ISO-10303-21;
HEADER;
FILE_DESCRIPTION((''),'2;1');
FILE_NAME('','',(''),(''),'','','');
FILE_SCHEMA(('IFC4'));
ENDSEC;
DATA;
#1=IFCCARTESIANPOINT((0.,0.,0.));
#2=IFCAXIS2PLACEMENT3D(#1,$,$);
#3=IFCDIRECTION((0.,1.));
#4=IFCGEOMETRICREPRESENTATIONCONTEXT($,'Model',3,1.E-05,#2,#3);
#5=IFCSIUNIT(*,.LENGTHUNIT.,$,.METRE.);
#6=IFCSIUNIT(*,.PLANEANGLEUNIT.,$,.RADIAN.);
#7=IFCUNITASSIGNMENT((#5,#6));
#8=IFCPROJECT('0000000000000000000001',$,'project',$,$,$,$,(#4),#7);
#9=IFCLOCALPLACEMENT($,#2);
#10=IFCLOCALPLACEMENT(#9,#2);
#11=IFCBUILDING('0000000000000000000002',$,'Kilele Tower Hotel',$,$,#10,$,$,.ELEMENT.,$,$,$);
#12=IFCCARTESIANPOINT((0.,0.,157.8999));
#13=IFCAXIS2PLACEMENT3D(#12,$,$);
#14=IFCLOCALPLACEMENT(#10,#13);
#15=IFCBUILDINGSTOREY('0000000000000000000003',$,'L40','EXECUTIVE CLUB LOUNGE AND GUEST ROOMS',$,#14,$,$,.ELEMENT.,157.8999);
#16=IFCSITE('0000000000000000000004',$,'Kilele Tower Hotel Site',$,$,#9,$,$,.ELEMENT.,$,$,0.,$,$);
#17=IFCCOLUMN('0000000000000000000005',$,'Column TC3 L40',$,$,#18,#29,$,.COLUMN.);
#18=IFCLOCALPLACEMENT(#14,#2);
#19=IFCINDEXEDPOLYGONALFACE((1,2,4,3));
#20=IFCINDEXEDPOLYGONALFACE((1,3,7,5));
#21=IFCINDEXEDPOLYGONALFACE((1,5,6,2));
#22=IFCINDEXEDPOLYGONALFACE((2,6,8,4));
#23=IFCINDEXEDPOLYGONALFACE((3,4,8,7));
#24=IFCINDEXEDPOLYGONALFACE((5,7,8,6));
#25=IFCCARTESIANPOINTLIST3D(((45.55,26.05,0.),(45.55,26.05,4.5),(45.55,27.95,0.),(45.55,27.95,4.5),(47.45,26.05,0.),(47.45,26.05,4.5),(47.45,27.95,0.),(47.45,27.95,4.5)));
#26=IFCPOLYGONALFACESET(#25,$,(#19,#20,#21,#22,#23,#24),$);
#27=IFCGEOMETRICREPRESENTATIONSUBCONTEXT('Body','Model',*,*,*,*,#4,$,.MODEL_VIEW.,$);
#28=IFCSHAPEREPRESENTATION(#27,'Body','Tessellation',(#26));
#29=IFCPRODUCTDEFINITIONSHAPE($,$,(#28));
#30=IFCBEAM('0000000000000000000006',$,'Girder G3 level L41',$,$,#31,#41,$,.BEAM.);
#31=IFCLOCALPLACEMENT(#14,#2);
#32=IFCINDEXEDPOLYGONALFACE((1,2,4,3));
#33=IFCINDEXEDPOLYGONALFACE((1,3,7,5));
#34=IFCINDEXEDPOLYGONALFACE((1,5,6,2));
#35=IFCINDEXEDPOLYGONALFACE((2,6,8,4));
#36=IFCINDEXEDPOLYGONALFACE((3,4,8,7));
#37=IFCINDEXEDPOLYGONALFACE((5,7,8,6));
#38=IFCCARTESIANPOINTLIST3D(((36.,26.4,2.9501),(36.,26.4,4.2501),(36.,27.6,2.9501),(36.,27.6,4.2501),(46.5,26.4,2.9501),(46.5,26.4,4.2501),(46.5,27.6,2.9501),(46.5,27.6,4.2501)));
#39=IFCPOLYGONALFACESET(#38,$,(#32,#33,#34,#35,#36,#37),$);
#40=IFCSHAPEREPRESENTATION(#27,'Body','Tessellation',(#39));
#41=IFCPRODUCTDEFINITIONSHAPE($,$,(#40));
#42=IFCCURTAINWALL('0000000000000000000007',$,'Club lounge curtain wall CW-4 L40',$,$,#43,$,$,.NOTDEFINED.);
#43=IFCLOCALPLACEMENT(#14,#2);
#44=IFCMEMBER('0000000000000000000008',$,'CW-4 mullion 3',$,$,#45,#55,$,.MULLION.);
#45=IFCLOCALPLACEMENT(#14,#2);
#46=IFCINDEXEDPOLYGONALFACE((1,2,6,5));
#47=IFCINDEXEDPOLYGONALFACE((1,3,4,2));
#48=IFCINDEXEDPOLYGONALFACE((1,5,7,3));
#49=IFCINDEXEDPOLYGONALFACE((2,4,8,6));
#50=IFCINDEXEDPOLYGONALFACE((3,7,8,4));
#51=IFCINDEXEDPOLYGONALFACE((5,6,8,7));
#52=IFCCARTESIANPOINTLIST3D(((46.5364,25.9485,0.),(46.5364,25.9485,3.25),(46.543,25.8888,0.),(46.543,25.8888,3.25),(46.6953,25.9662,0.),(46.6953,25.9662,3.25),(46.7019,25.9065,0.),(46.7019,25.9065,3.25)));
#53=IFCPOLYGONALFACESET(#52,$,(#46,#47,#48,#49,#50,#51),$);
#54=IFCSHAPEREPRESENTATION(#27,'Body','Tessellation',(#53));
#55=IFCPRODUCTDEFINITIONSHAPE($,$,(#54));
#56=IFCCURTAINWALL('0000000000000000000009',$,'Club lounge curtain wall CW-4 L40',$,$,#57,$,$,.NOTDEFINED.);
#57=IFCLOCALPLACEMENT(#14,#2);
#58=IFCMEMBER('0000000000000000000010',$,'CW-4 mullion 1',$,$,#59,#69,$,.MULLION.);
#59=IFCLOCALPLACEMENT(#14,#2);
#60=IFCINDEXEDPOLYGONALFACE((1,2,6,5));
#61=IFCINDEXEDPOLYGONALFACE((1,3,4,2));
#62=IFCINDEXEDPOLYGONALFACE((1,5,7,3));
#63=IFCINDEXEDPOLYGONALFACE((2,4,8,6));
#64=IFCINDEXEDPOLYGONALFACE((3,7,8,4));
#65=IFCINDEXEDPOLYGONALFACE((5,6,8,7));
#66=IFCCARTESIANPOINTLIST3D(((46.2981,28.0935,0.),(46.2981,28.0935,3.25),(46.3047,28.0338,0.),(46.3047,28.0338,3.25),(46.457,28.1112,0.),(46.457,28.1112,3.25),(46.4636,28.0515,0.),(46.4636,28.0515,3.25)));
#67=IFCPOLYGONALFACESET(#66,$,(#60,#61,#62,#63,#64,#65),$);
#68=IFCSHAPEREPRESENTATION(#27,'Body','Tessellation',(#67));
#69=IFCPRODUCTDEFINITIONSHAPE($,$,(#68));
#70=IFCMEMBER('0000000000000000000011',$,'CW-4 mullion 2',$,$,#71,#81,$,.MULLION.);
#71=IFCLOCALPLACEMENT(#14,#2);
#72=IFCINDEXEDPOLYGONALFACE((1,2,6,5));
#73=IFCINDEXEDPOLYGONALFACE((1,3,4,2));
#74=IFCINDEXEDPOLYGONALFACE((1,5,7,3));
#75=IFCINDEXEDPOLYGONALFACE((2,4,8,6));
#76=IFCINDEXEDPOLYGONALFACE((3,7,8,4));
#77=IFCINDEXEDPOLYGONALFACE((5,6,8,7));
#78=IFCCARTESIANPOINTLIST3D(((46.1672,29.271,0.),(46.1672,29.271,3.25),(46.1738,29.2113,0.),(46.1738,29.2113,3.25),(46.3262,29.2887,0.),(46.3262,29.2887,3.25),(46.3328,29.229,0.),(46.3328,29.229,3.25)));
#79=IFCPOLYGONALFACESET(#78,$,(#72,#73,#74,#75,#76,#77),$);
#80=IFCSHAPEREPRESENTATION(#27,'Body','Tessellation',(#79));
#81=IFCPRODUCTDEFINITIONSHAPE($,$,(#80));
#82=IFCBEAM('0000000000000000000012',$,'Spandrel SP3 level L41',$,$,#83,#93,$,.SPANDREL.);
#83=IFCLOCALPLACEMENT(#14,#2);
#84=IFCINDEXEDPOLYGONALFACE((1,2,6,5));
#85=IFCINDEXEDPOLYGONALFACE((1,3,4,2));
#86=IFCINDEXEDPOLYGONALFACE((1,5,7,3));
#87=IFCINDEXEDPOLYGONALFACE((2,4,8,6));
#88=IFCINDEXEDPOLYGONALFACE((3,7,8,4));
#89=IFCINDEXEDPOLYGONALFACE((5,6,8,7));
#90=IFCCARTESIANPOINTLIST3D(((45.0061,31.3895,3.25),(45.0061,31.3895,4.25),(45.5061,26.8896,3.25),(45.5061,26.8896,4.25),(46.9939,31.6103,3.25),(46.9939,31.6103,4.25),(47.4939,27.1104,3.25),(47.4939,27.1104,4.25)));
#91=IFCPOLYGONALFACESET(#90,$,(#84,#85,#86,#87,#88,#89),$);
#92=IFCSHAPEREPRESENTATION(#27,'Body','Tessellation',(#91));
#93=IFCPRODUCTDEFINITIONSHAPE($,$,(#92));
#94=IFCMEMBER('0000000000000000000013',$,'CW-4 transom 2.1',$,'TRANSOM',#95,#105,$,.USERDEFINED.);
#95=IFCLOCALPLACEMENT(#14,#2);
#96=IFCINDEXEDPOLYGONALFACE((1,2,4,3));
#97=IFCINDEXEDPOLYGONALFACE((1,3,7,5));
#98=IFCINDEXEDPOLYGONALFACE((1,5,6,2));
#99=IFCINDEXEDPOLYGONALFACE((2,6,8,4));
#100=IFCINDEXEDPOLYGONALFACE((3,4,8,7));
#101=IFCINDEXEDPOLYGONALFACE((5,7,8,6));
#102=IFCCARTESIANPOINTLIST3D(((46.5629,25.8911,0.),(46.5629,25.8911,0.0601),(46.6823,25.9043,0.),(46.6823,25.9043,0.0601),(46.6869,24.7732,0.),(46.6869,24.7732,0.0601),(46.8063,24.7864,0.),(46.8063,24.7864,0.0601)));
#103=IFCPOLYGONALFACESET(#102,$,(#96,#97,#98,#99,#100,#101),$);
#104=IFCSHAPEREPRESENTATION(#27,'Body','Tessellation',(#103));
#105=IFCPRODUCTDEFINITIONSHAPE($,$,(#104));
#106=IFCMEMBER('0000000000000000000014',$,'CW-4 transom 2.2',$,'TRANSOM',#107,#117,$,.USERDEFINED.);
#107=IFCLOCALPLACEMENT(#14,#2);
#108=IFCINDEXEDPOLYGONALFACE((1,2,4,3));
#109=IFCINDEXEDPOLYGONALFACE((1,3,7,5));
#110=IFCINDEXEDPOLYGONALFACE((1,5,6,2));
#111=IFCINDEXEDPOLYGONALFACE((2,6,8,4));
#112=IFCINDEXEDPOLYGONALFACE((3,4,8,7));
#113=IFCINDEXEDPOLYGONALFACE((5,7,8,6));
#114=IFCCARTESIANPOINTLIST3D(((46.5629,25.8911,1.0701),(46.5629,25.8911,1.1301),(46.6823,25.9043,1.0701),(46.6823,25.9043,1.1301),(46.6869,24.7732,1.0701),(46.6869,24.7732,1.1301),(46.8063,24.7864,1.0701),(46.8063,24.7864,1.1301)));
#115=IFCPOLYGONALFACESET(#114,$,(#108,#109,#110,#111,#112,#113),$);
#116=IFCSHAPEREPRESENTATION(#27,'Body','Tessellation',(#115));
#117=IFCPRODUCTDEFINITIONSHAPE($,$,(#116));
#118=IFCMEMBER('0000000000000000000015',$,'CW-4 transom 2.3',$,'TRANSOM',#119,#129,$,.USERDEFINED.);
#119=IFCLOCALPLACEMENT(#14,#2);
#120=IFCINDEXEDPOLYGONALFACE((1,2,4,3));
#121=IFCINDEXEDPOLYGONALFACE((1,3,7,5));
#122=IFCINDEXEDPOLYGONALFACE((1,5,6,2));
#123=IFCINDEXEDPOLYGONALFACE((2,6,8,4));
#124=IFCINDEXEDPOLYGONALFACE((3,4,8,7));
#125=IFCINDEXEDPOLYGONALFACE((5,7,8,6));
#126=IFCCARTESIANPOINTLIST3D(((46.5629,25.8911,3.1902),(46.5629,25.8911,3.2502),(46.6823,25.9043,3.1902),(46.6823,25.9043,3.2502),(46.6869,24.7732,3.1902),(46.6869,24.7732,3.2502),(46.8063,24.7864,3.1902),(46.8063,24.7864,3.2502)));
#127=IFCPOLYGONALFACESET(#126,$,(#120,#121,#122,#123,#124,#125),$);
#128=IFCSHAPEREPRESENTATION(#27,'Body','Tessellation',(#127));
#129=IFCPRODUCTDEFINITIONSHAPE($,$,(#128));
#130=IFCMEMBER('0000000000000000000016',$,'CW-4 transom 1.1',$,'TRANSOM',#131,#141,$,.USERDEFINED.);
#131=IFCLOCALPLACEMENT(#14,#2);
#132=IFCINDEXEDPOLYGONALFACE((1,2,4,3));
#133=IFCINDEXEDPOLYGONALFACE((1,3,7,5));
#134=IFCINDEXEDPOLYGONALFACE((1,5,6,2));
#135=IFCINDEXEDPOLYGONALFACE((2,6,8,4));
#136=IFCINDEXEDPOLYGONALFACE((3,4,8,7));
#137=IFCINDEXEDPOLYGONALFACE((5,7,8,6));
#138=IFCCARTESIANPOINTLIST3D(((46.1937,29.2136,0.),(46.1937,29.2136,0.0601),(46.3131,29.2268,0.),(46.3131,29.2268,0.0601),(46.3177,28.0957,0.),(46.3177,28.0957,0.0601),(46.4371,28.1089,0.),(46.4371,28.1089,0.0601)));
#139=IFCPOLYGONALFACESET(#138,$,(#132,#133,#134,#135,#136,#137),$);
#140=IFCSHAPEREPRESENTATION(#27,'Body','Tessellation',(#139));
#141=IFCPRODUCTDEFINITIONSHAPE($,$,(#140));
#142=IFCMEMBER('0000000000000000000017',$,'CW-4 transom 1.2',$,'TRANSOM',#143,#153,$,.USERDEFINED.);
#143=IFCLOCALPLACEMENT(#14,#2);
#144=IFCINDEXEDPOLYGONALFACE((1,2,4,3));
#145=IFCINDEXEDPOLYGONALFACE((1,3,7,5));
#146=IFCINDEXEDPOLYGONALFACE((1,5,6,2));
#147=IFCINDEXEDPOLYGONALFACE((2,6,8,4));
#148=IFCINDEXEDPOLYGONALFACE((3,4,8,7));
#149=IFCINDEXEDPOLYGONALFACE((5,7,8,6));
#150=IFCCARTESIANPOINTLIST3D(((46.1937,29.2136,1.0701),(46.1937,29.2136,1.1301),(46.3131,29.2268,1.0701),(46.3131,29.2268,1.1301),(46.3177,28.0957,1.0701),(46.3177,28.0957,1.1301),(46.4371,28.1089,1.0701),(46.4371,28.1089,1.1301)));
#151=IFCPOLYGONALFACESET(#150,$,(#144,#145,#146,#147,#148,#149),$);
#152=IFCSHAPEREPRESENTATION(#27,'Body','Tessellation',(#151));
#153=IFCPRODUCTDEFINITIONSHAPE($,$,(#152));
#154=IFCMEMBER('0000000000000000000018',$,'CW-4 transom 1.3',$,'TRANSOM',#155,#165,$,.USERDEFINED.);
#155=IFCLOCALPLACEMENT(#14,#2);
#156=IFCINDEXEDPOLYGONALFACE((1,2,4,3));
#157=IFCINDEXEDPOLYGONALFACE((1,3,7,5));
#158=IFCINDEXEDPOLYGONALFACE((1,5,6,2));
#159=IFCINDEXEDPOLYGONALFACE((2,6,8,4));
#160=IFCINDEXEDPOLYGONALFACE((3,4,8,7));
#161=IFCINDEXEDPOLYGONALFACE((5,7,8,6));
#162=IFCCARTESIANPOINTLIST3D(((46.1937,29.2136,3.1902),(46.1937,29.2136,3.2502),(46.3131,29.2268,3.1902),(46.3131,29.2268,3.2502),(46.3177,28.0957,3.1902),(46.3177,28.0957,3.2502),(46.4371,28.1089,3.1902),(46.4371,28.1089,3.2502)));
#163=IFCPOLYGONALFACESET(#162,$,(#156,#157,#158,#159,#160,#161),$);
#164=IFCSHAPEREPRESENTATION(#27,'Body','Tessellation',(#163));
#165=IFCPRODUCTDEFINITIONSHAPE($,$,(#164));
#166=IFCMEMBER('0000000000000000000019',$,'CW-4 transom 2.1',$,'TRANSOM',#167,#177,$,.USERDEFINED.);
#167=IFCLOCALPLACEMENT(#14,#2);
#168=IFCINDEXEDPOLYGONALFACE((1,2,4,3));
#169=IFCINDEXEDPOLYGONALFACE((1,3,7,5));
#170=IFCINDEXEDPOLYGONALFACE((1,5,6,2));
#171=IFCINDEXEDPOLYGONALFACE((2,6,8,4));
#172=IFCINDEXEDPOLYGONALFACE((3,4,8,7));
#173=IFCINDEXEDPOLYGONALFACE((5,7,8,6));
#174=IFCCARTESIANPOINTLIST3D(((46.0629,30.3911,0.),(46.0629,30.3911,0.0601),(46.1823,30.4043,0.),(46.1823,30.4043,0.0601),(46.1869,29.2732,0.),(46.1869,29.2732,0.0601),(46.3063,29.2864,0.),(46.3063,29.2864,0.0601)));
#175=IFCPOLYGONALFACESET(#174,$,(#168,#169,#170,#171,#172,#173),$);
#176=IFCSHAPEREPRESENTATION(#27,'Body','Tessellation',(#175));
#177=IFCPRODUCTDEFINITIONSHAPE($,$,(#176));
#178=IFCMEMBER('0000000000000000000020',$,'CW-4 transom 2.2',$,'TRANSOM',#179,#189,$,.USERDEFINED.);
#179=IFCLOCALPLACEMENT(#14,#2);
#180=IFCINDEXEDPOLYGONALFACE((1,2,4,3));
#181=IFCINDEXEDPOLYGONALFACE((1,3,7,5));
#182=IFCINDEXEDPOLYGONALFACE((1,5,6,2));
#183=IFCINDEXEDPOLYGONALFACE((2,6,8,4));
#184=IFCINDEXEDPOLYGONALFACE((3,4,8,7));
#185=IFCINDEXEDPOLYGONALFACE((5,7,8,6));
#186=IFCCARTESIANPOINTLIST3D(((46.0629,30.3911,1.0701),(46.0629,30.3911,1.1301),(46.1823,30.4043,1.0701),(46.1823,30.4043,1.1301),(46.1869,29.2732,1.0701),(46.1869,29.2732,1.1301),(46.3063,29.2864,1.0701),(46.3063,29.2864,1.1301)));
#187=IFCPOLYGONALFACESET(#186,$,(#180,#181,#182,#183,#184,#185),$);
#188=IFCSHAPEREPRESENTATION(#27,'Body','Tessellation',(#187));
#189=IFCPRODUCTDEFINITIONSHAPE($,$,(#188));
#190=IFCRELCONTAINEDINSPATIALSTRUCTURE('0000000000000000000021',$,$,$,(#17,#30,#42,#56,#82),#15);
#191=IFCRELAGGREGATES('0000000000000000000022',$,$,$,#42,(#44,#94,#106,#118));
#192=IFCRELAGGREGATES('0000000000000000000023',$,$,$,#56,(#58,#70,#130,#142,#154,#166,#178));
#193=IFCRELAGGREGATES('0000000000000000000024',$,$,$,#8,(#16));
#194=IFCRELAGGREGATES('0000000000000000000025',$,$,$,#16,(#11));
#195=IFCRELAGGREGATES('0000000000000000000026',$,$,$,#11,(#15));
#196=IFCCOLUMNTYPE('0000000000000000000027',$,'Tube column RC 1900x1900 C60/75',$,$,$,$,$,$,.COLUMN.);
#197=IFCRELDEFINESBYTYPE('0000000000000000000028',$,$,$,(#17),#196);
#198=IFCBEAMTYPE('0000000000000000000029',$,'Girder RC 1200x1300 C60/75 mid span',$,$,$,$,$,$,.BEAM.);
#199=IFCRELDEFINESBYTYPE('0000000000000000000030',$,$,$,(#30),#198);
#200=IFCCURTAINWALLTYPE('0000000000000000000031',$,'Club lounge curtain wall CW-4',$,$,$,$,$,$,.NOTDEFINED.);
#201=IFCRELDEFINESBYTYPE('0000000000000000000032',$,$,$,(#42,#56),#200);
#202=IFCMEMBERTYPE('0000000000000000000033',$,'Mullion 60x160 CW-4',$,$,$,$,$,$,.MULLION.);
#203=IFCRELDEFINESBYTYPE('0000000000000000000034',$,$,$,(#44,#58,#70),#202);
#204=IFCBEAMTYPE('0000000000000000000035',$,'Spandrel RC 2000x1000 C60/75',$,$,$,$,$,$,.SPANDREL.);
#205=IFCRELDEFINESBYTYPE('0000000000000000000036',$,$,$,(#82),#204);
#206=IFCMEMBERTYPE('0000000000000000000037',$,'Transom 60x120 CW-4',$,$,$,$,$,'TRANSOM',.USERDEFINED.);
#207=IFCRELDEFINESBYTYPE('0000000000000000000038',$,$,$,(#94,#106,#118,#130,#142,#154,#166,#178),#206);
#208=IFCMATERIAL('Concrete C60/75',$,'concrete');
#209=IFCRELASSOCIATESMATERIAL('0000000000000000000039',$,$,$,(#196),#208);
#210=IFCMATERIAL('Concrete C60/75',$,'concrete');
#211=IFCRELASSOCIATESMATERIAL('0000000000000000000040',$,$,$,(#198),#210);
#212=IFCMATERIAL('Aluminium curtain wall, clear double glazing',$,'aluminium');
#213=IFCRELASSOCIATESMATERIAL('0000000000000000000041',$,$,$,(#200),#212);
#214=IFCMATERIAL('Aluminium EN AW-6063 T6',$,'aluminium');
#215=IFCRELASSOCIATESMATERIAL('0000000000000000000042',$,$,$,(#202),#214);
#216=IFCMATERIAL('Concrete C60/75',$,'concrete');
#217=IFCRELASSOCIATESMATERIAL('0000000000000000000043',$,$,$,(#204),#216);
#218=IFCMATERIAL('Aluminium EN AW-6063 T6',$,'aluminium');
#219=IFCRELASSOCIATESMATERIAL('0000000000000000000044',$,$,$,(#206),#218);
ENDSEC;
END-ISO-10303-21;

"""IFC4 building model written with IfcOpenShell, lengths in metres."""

from ifc_helpers import new_model, si_unit, direction, frame, origin, origin_2d, place, context, subcontext, project, spatial, rectangle, extrude, material, material_profile, profile_set, type_object, element, aggregate, save


model = new_model("IFC4")

# Units and contexts
model_context = context("Model", 3, precision=1e-05, world=origin(), true_north=direction((0.0, 1.0)))
body_context = subcontext(model_context, "Body", "Model", "MODEL_VIEW")
ifc_project = project(units=[si_unit("LENGTHUNIT", "METRE"), si_unit("PLANEANGLEUNIT", "RADIAN")], contexts=[model_context])

# Site, building, storey
site_placement = place(None, origin())
site = spatial("IfcSite", under=ifc_project, at=site_placement, Name="Kilele Tower Hotel Site", CompositionType="ELEMENT", RefElevation=0.0)
building_placement = place(site_placement, origin())
building = spatial("IfcBuilding", under=site, at=building_placement, Name="Kilele Tower Hotel", CompositionType="ELEMENT")
storey_placement = place(building_placement, frame((0.0, 0.0, 157.8999)))
storey = spatial("IfcBuildingStorey", under=building, at=storey_placement, Name="L40", Description="EXECUTIVE CLUB LOUNGE AND GUEST ROOMS", CompositionType="ELEMENT", Elevation=157.8999)

# Column
ifc_material_1 = material(Name="Concrete C60/75", Category="concrete")
ifc_material_profile_1 = material_profile(ifc_material_1, rectangle(XDim=1.8999, YDim=1.8999, at=origin_2d()))
ifc_profile_set_1 = profile_set([ifc_material_profile_1], Name="Concrete C60/75")
column_type = type_object("IfcColumnType", Name="Tube column RC 1900x1900 C60/75", PredefinedType="COLUMN", material=ifc_profile_set_1)
column_placement = place(storey_placement, frame((46.5, 27.0, 0.0), z_axis=(0.0, 0.0, 1.0), x_axis=(1.0, 0.0, 0.0)))
element("IfcColumn", 1, at=column_placement, inside=storey, type_object=column_type, Name="Column TC3 L40", PredefinedType="COLUMN", context=body_context, shape_type="SweptSolid", body=[
    extrude(rectangle(XDim=1.8999, YDim=1.8999, at=origin_2d()), origin(), (0.0, 0.0, 1.0), 4.5),
])

# Beam
ifc_material_2 = material(Name="Concrete C60/75", Category="concrete")
ifc_material_profile_2 = material_profile(ifc_material_2, rectangle(XDim=1.2, YDim=1.3, at=origin_2d()))
ifc_profile_set_2 = profile_set([ifc_material_profile_2], Name="Concrete C60/75")
beam_type_1 = type_object("IfcBeamType", Name="Girder RC 1200x1300 C60/75 mid span", PredefinedType="BEAM", material=ifc_profile_set_2)
beam_1_placement = place(storey_placement, frame((46.5, 27.0, 3.6001), z_axis=(-1.0, 0.0, 0.0), x_axis=(0.0, -1.0, 0.0)))
element("IfcBeam", 2, at=beam_1_placement, inside=storey, type_object=beam_type_1, Name="Girder G3 level L41", PredefinedType="BEAM", context=body_context, shape_type="SweptSolid", body=[
    extrude(rectangle(XDim=1.2, YDim=1.3, at=origin_2d()), origin(), (0.0, 0.0, 1.0), 10.5),
])

# Curtain wall, member
ifc_material_3 = material(Name="Aluminium curtain wall, clear double glazing", Category="aluminium")
curtain_wall_type = type_object("IfcCurtainWallType", Name="Club lounge curtain wall CW-4", PredefinedType="NOTDEFINED", material=ifc_material_3)
curtain_wall_1_placement = place(storey_placement, origin())
curtain_wall_1 = element("IfcCurtainWall", 3, at=curtain_wall_1_placement, inside=storey, type_object=curtain_wall_type, Name="Club lounge curtain wall CW-4 L40", PredefinedType="NOTDEFINED")
ifc_material_4 = material(Name="Aluminium EN AW-6063 T6", Category="aluminium")
ifc_material_profile_3 = material_profile(ifc_material_4, rectangle(XDim=0.1599, YDim=0.0601, at=origin_2d()))
ifc_profile_set_3 = profile_set([ifc_material_profile_3], Name="Aluminium EN AW-6063 T6")
member_type_1 = type_object("IfcMemberType", Name="Mullion 60x160 CW-4", PredefinedType="MULLION", material=ifc_profile_set_3)
member_1_placement = place(storey_placement, frame((46.6191, 25.9275, 0.0), z_axis=(0.0, 0.0, 1.0), x_axis=(-0.993884, -0.110432, 0.0)))
member_1 = element("IfcMember", 4, at=member_1_placement, type_object=member_type_1, Name="CW-4 mullion 3", PredefinedType="MULLION", context=body_context, shape_type="SweptSolid", body=[
    extrude(rectangle(XDim=0.1599, YDim=0.0601, at=origin_2d()), origin(), (0.0, 0.0, 1.0), 3.25),
])

# Curtain wall, members
curtain_wall_2_placement = place(storey_placement, origin())
curtain_wall_2 = element("IfcCurtainWall", 5, at=curtain_wall_2_placement, inside=storey, type_object=curtain_wall_type, Name="Club lounge curtain wall CW-4 L40", PredefinedType="NOTDEFINED")
member_2_placement = place(storey_placement, frame((46.3809, 28.0725, 0.0), z_axis=(0.0, 0.0, 1.0), x_axis=(-0.993884, -0.110432, 0.0)))
member_2 = element("IfcMember", 6, at=member_2_placement, type_object=member_type_1, Name="CW-4 mullion 1", PredefinedType="MULLION", context=body_context, shape_type="SweptSolid", body=[
    extrude(rectangle(XDim=0.1599, YDim=0.0601, at=origin_2d()), origin(), (0.0, 0.0, 1.0), 3.25),
])
member_3_placement = place(storey_placement, frame((46.25, 29.25, 0.0), z_axis=(0.0, 0.0, 1.0), x_axis=(-0.993884, -0.110432, 0.0)))
member_3 = element("IfcMember", 7, at=member_3_placement, type_object=member_type_1, Name="CW-4 mullion 2", PredefinedType="MULLION", context=body_context, shape_type="SweptSolid", body=[
    extrude(rectangle(XDim=0.1599, YDim=0.0601, at=origin_2d()), origin(), (0.0, 0.0, 1.0), 3.25),
])

# Beam
ifc_material_5 = material(Name="Concrete C60/75", Category="concrete")
ifc_material_profile_4 = material_profile(ifc_material_5, rectangle(XDim=2.0, YDim=1.0, at=origin_2d()))
ifc_profile_set_4 = profile_set([ifc_material_profile_4], Name="Concrete C60/75")
beam_type_2 = type_object("IfcBeamType", Name="Spandrel RC 2000x1000 C60/75", PredefinedType="SPANDREL", material=ifc_profile_set_4)
beam_2_placement = place(storey_placement, frame((46.5, 27.0, 3.75), z_axis=(-0.110432, 0.993884, 0.0), x_axis=(-0.993884, -0.110432, 0.0)))
element("IfcBeam", 8, at=beam_2_placement, inside=storey, type_object=beam_type_2, Name="Spandrel SP3 level L41", PredefinedType="SPANDREL", context=body_context, shape_type="SweptSolid", body=[
    extrude(rectangle(XDim=2.0, YDim=1.0, at=origin_2d()), origin(), (0.0, 0.0, 1.0), 4.5276),
])

# Members
ifc_material_6 = material(Name="Aluminium EN AW-6063 T6", Category="aluminium")
ifc_material_profile_5 = material_profile(ifc_material_6, rectangle(XDim=0.1201, YDim=0.0601, at=origin_2d()))
ifc_profile_set_5 = profile_set([ifc_material_profile_5], Name="Aluminium EN AW-6063 T6")
member_type_2 = type_object("IfcMemberType", Name="Transom 60x120 CW-4", ElementType="TRANSOM", PredefinedType="USERDEFINED", material=ifc_profile_set_5)
member_4_placement = place(storey_placement, frame((46.7466, 24.7798, 0.03), z_axis=(-0.110265, 0.993902, 0.0), x_axis=(-0.993902, -0.110265, 0.0)))
member_4 = element("IfcMember", 9, at=member_4_placement, type_object=member_type_2, Name="CW-4 transom 2.1", ObjectType="TRANSOM", PredefinedType="USERDEFINED", context=body_context, shape_type="SweptSolid", body=[
    extrude(rectangle(XDim=0.1201, YDim=0.0601, at=origin_2d()), origin(), (0.0, 0.0, 1.0), 1.1248),
])
member_5_placement = place(storey_placement, frame((46.7466, 24.7798, 1.1001), z_axis=(-0.110265, 0.993902, 0.0), x_axis=(-0.993902, -0.110265, 0.0)))
member_5 = element("IfcMember", 10, at=member_5_placement, type_object=member_type_2, Name="CW-4 transom 2.2", ObjectType="TRANSOM", PredefinedType="USERDEFINED", context=body_context, shape_type="SweptSolid", body=[
    extrude(rectangle(XDim=0.1201, YDim=0.0601, at=origin_2d()), origin(), (0.0, 0.0, 1.0), 1.1248),
])
member_6_placement = place(storey_placement, frame((46.7466, 24.7798, 3.2202), z_axis=(-0.110265, 0.993902, 0.0), x_axis=(-0.993902, -0.110265, 0.0)))
member_6 = element("IfcMember", 11, at=member_6_placement, type_object=member_type_2, Name="CW-4 transom 2.3", ObjectType="TRANSOM", PredefinedType="USERDEFINED", context=body_context, shape_type="SweptSolid", body=[
    extrude(rectangle(XDim=0.1201, YDim=0.0601, at=origin_2d()), origin(), (0.0, 0.0, 1.0), 1.1248),
])
member_7_placement = place(storey_placement, frame((46.3774, 28.1023, 0.03), z_axis=(-0.110265, 0.993902, 0.0), x_axis=(-0.993902, -0.110265, 0.0)))
member_7 = element("IfcMember", 12, at=member_7_placement, type_object=member_type_2, Name="CW-4 transom 1.1", ObjectType="TRANSOM", PredefinedType="USERDEFINED", context=body_context, shape_type="SweptSolid", body=[
    extrude(rectangle(XDim=0.1201, YDim=0.0601, at=origin_2d()), origin(), (0.0, 0.0, 1.0), 1.1248),
])
member_8_placement = place(storey_placement, frame((46.3774, 28.1023, 1.1001), z_axis=(-0.110265, 0.993902, 0.0), x_axis=(-0.993902, -0.110265, 0.0)))
member_8 = element("IfcMember", 13, at=member_8_placement, type_object=member_type_2, Name="CW-4 transom 1.2", ObjectType="TRANSOM", PredefinedType="USERDEFINED", context=body_context, shape_type="SweptSolid", body=[
    extrude(rectangle(XDim=0.1201, YDim=0.0601, at=origin_2d()), origin(), (0.0, 0.0, 1.0), 1.1248),
])
member_9_placement = place(storey_placement, frame((46.3774, 28.1023, 3.2202), z_axis=(-0.110265, 0.993902, 0.0), x_axis=(-0.993902, -0.110265, 0.0)))
member_9 = element("IfcMember", 14, at=member_9_placement, type_object=member_type_2, Name="CW-4 transom 1.3", ObjectType="TRANSOM", PredefinedType="USERDEFINED", context=body_context, shape_type="SweptSolid", body=[
    extrude(rectangle(XDim=0.1201, YDim=0.0601, at=origin_2d()), origin(), (0.0, 0.0, 1.0), 1.1248),
])
member_10_placement = place(storey_placement, frame((46.2466, 29.2798, 0.03), z_axis=(-0.110265, 0.993902, 0.0), x_axis=(-0.993902, -0.110265, 0.0)))
member_10 = element("IfcMember", 15, at=member_10_placement, type_object=member_type_2, Name="CW-4 transom 2.1", ObjectType="TRANSOM", PredefinedType="USERDEFINED", context=body_context, shape_type="SweptSolid", body=[
    extrude(rectangle(XDim=0.1201, YDim=0.0601, at=origin_2d()), origin(), (0.0, 0.0, 1.0), 1.1248),
])
member_11_placement = place(storey_placement, frame((46.2466, 29.2798, 1.1001), z_axis=(-0.110265, 0.993902, 0.0), x_axis=(-0.993902, -0.110265, 0.0)))
member_11 = element("IfcMember", 16, at=member_11_placement, type_object=member_type_2, Name="CW-4 transom 2.2", ObjectType="TRANSOM", PredefinedType="USERDEFINED", context=body_context, shape_type="SweptSolid", body=[
    extrude(rectangle(XDim=0.1201, YDim=0.0601, at=origin_2d()), origin(), (0.0, 0.0, 1.0), 1.1248),
])

aggregate(curtain_wall_1, [member_1, member_4, member_5, member_6])
aggregate(curtain_wall_2, [member_2, member_3, member_7, member_8, member_9, member_10, member_11])

save(model, "model.ifc")
